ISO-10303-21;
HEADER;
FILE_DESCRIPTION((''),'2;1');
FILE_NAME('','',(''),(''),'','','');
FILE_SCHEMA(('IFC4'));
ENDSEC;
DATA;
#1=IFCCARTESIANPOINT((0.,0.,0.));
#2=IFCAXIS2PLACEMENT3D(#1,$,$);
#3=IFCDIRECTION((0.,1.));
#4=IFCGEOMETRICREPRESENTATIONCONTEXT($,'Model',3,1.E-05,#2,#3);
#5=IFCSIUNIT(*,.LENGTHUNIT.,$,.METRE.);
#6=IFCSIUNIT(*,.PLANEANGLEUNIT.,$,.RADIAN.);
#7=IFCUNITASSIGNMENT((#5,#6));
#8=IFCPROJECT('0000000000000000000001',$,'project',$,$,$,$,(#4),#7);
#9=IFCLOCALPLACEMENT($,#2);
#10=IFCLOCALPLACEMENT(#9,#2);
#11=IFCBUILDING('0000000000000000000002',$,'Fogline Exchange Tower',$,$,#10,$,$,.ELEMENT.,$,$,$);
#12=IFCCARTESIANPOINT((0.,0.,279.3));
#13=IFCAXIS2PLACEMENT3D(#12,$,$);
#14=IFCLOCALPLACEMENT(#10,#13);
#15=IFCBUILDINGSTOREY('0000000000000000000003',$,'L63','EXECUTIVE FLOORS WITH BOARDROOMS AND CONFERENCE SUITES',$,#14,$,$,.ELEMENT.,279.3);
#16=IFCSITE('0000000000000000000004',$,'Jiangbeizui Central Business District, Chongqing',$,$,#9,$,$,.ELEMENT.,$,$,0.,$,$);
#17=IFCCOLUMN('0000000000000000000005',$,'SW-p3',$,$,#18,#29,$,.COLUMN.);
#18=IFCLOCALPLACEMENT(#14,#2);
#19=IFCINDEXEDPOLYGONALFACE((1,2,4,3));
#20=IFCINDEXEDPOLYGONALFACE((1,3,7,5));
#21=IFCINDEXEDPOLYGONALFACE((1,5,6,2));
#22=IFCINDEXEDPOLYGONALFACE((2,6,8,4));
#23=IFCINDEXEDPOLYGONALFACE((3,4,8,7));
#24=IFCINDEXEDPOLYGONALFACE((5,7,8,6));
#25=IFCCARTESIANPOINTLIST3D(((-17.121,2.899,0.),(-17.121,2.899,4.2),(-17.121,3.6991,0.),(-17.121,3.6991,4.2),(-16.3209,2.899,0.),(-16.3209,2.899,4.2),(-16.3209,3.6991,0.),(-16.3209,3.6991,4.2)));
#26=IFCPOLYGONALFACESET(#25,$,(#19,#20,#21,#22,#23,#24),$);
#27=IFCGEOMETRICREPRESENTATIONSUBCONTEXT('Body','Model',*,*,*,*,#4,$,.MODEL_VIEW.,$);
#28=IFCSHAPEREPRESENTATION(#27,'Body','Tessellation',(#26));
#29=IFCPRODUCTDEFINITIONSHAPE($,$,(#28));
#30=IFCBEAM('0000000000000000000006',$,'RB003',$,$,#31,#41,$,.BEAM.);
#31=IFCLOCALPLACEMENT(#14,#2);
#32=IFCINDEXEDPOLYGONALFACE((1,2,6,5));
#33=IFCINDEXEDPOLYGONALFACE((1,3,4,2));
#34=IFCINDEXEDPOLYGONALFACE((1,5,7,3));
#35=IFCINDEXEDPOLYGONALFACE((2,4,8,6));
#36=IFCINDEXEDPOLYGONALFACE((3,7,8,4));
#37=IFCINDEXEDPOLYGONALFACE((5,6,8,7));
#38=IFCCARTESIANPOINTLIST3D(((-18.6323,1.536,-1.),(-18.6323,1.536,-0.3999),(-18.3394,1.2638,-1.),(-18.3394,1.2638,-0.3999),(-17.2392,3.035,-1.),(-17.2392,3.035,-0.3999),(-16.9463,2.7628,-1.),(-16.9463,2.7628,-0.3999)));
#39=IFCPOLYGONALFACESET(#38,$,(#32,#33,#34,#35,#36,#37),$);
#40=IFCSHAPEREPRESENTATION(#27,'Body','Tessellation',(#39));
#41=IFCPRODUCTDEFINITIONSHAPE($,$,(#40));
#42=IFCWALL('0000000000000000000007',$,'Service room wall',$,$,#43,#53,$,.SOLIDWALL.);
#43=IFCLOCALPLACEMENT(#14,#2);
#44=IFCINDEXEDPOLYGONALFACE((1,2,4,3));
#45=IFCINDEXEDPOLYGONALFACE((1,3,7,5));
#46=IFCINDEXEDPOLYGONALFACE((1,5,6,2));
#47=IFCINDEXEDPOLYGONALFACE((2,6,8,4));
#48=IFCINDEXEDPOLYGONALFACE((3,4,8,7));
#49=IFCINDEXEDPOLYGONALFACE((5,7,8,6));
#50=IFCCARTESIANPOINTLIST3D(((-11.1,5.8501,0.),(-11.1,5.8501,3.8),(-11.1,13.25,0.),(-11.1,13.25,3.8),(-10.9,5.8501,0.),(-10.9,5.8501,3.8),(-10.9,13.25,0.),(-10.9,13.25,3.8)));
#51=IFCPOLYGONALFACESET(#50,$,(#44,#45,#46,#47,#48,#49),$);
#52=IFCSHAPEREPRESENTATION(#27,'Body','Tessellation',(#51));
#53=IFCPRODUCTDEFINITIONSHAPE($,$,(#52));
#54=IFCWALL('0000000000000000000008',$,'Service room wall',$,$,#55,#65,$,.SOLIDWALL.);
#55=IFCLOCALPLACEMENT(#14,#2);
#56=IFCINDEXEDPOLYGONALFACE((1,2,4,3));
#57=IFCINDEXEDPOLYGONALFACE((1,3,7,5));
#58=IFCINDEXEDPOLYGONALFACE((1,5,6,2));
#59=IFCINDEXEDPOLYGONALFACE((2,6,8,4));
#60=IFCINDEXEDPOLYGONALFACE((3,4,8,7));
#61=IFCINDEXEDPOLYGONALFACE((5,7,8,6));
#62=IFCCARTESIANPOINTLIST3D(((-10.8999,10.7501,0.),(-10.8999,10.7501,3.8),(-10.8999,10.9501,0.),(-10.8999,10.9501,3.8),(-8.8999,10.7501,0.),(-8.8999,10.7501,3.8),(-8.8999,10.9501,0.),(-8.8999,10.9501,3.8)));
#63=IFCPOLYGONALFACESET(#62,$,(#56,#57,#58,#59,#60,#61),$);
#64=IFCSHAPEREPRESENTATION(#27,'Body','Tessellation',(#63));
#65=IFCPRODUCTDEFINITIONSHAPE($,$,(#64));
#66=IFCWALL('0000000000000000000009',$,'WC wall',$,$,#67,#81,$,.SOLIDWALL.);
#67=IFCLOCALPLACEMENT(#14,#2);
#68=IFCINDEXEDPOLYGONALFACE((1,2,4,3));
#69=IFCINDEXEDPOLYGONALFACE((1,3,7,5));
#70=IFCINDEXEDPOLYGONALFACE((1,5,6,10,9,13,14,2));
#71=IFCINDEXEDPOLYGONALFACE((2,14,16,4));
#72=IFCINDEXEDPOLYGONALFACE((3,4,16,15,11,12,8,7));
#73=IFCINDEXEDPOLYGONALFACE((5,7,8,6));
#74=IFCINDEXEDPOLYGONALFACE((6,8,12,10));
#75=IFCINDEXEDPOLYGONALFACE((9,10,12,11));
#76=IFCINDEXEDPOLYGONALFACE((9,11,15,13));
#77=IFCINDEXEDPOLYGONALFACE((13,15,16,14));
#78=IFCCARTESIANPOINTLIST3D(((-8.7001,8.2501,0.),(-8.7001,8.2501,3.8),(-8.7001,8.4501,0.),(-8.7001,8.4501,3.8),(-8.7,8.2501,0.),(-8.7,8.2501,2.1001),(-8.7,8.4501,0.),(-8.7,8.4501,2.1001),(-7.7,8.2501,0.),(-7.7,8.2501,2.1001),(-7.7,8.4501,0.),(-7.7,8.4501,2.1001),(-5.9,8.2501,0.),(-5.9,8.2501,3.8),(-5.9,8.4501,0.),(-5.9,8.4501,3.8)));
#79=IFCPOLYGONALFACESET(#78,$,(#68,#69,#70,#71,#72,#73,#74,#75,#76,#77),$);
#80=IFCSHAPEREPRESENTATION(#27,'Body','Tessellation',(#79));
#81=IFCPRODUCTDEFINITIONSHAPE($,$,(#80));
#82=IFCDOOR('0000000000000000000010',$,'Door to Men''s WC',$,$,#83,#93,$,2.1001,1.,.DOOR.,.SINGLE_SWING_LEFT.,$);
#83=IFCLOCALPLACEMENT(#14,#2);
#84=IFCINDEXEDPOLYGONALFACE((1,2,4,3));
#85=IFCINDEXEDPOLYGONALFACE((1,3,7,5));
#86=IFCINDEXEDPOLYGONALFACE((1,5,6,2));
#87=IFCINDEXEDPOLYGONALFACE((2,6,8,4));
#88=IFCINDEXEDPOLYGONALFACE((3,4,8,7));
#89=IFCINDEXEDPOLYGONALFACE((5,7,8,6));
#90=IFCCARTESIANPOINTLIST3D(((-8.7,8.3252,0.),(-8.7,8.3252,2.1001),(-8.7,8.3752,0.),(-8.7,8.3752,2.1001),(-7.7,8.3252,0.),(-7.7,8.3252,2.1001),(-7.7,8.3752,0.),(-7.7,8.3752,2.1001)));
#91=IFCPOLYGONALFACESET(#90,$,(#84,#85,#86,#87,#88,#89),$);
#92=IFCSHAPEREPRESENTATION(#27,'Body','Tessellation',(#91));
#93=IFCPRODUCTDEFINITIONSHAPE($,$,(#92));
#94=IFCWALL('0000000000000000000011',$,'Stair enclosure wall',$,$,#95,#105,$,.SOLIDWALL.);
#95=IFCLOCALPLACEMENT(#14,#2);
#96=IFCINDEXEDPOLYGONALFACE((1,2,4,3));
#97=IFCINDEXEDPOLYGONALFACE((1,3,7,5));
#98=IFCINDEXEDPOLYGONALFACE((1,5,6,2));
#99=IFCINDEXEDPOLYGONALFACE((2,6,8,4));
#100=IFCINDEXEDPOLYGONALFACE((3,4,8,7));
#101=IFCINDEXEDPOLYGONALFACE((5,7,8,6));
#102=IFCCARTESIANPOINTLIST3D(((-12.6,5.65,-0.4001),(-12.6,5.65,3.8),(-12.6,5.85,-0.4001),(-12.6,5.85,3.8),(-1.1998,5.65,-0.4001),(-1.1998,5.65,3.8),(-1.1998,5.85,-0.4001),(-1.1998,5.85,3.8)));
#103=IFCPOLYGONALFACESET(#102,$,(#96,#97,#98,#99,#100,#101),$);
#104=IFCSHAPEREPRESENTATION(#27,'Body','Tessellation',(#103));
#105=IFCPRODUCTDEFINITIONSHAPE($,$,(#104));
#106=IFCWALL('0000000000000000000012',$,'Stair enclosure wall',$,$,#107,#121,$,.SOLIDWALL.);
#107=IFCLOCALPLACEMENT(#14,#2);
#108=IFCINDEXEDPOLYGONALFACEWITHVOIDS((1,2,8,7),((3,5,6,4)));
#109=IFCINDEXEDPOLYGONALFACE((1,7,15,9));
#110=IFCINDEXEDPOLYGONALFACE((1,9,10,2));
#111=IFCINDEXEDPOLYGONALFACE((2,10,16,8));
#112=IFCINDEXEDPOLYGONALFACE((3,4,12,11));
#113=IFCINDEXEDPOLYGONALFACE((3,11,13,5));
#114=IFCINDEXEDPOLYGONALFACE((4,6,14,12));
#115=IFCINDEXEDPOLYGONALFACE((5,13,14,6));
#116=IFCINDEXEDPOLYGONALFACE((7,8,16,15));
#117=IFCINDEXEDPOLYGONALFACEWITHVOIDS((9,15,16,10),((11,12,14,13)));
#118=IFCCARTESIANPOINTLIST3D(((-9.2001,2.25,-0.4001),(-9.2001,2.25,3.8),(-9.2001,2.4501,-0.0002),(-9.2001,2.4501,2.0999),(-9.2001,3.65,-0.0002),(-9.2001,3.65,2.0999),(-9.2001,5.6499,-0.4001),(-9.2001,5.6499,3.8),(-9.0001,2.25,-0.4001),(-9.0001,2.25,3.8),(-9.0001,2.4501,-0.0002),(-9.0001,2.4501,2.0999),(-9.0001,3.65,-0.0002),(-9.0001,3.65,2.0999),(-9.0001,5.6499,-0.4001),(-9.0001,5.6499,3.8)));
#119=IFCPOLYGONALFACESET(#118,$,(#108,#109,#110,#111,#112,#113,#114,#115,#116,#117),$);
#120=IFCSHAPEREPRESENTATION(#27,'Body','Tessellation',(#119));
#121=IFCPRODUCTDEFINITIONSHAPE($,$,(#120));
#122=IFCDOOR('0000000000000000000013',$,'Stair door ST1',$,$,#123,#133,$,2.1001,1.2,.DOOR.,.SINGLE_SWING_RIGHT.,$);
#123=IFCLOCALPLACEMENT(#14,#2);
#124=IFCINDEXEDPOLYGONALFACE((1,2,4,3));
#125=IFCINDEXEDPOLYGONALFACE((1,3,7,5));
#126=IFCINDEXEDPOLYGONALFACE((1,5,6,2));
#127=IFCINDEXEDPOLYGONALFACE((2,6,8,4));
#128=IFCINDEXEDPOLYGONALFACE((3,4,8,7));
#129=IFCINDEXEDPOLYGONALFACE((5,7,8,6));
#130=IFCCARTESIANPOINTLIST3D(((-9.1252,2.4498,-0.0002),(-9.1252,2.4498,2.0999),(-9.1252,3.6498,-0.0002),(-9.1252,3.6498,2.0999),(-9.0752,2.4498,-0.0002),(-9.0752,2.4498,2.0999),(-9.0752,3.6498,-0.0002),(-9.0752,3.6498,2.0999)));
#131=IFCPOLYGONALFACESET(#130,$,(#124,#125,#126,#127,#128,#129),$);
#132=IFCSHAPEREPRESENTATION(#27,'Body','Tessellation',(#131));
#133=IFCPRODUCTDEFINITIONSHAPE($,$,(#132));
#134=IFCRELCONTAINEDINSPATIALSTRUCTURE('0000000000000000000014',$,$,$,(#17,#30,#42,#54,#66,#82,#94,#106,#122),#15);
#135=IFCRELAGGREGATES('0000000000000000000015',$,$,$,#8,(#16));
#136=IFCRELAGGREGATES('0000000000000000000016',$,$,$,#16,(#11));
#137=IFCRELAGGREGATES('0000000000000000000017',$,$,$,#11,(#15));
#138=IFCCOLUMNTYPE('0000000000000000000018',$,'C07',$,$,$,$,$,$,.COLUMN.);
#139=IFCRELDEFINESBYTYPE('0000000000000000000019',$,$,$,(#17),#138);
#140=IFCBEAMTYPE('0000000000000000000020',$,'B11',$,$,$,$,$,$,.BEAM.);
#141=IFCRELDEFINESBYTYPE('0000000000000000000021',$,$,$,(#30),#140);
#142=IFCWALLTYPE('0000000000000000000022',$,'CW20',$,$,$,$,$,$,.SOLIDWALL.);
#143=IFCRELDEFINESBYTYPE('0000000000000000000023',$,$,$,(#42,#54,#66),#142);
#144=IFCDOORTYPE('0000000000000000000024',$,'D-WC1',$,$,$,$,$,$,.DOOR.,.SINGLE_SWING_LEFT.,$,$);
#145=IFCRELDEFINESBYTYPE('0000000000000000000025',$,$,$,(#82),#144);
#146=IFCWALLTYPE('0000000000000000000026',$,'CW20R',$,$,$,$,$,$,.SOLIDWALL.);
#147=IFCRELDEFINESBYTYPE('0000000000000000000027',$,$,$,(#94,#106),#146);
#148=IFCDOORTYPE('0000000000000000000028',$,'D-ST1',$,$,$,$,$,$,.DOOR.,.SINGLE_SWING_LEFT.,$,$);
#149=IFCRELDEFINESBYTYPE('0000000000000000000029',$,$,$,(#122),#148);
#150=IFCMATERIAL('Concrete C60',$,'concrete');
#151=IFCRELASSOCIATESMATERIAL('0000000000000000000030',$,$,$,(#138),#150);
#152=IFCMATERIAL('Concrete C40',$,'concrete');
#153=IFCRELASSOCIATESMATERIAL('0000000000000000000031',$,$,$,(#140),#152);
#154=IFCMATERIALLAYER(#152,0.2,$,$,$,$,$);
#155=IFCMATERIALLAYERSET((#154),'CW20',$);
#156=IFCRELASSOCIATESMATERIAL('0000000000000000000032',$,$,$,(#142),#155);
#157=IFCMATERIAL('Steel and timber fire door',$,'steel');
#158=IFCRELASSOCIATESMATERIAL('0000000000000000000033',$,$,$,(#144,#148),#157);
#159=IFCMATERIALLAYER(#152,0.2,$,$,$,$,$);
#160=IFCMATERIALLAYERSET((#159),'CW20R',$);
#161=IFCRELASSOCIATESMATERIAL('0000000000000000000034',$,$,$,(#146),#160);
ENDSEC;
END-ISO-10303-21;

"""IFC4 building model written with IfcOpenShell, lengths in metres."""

from ifc_helpers import new_model, si_unit, direction, frame, frame_2d, origin, origin_2d, place, context, subcontext, project, spatial, rectangle, extrude, material, layer, layer_set, material_profile, profile_set, type_object, element, fill, save


model = new_model("IFC4")

# Units and contexts
model_context = context("Model", 3, precision=1e-05, world=origin(), true_north=direction((0.0, 1.0)))
body_context = subcontext(model_context, "Body", "Model", "MODEL_VIEW")
ifc_project = project(units=[si_unit("LENGTHUNIT", "METRE"), si_unit("PLANEANGLEUNIT", "RADIAN")], contexts=[model_context])

# Site, building, storey
site_placement = place(None, origin())
site = spatial("IfcSite", under=ifc_project, at=site_placement, Name="Jiangbeizui Central Business District, Chongqing", CompositionType="ELEMENT", RefElevation=0.0)
building_placement = place(site_placement, origin())
building = spatial("IfcBuilding", under=site, at=building_placement, Name="Fogline Exchange Tower", CompositionType="ELEMENT")
storey_placement = place(building_placement, frame((0.0, 0.0, 279.3)))
storey = spatial("IfcBuildingStorey", under=building, at=storey_placement, Name="L63", Description="EXECUTIVE FLOORS WITH BOARDROOMS AND CONFERENCE SUITES", CompositionType="ELEMENT", Elevation=279.3)

# Column
ifc_material_1 = material(Name="Concrete C60", Category="concrete")
ifc_material_profile_1 = material_profile(ifc_material_1, rectangle(XDim=0.8, YDim=0.8, at=origin_2d()), Name="RC 800x800")
ifc_profile_set_1 = profile_set([ifc_material_profile_1], Name="Concrete C60")
column_type = type_object("IfcColumnType", Name="C07", PredefinedType="COLUMN", material=ifc_profile_set_1)
column_placement = place(storey_placement, frame((-16.7209, 3.2991, 0.0), z_axis=(0.0, 0.0, 1.0), x_axis=(1.0, 0.0, 0.0)))
element("IfcColumn", 1, at=column_placement, inside=storey, type_object=column_type, Name="SW-p3", PredefinedType="COLUMN", context=body_context, shape_type="SweptSolid", body=[
    extrude(rectangle(XDim=0.8, YDim=0.8, at=origin_2d()), origin(), (0.0, 0.0, 1.0), 4.2),
])

# Beam
ifc_material_2 = material(Name="Concrete C40", Category="concrete")
ifc_material_profile_2 = material_profile(ifc_material_2, rectangle(XDim=0.3999, YDim=0.6001, at=origin_2d()), Name="RC 400x600")
ifc_profile_set_2 = profile_set([ifc_material_profile_2], Name="Concrete C40")
beam_type = type_object("IfcBeamType", Name="B11", PredefinedType="BEAM", material=ifc_profile_set_2)
beam_placement = place(storey_placement, frame((-17.0928, 2.8989, -0.7), z_axis=(-0.680744, -0.732521, 0.0), x_axis=(0.732521, -0.680744, 0.0)))
element("IfcBeam", 2, at=beam_placement, inside=storey, type_object=beam_type, Name="RB003", PredefinedType="BEAM", context=body_context, shape_type="SweptSolid", body=[
    extrude(rectangle(XDim=0.3999, YDim=0.6001, at=origin_2d()), origin(), (0.0, 0.0, 1.0), 2.0464),
])

# Walls
ifc_layer_1 = layer(ifc_material_2, 0.2)
ifc_layer_set_1 = layer_set([ifc_layer_1], Name="CW20")
wall_type_1 = type_object("IfcWallType", Name="CW20", PredefinedType="SOLIDWALL", material=ifc_layer_set_1)
wall_1_placement = place(storey_placement, frame((-11.0, 5.8501, 0.0), z_axis=(0.0, 0.0, 1.0), x_axis=(0.0, 1.0, 0.0)))
element("IfcWall", 3, at=wall_1_placement, inside=storey, type_object=wall_type_1, Name="Service room wall", PredefinedType="SOLIDWALL", context=body_context, shape_type="SweptSolid", body=[
    extrude(rectangle(XDim=7.3999, YDim=0.2, at=frame_2d((3.7, 0.0))), origin(), (0.0, 0.0, 1.0), 3.8),
])
wall_2_placement = place(storey_placement, frame((-10.8999, 10.8501, 0.0), z_axis=(0.0, 0.0, 1.0), x_axis=(1.0, 0.0, 0.0)))
element("IfcWall", 4, at=wall_2_placement, inside=storey, type_object=wall_type_1, Name="Service room wall", PredefinedType="SOLIDWALL", context=body_context, shape_type="SweptSolid", body=[
    extrude(rectangle(XDim=2.0, YDim=0.2, at=frame_2d((1.0, 0.0))), origin(), (0.0, 0.0, 1.0), 3.8),
])

# Wall, opening, door
wall_3_placement = place(storey_placement, frame((-8.7, 8.3501, 0.0), z_axis=(0.0, 0.0, 1.0), x_axis=(1.0, 0.0, 0.0)))
wall_3 = element("IfcWall", 5, at=wall_3_placement, inside=storey, type_object=wall_type_1, Name="WC wall", PredefinedType="SOLIDWALL", context=body_context, shape_type="SweptSolid", body=[
    extrude(rectangle(XDim=2.8, YDim=0.2, at=frame_2d((1.3999, 0.0))), origin(), (0.0, 0.0, 1.0), 3.8),
])
opening_1_placement = place(wall_3_placement, origin())
opening_1 = element("IfcOpeningElement", 6, at=opening_1_placement, cuts=wall_3, PredefinedType="OPENING", context=body_context, shape_type="SweptSolid", body=[
    extrude(rectangle(XDim=1.0, YDim=2.1001, at=frame_2d((0.5, 1.05))), frame((0.0, 0.1099, 0.0), z_axis=(0.0, -1.0, 0.0), x_axis=(1.0, 0.0, 0.0)), (0.0, 0.0, 1.0), 0.22),
])
ifc_material_3 = material(Name="Steel and timber fire door", Category="steel")
door_type_1 = type_object("IfcDoorType", Name="D-WC1", OperationType="SINGLE_SWING_LEFT", PredefinedType="DOOR", material=ifc_material_3)
door_1_placement = place(opening_1_placement, frame((1.0, 0.0, 0.0), z_axis=(0.0, 0.0, 1.0), x_axis=(-1.0, 0.0, 0.0)))
door_1 = element("IfcDoor", 7, at=door_1_placement, inside=storey, type_object=door_type_1, Name="Door to Men's WC", OperationType="SINGLE_SWING_LEFT", OverallHeight=2.1001, OverallWidth=1.0, PredefinedType="DOOR", context=body_context, shape_type="SweptSolid", body=[
    extrude(rectangle(XDim=1.0, YDim=2.1001, at=frame_2d((0.5, 1.05))), frame((0.0, 0.0249, 0.0), z_axis=(0.0, -1.0, 0.0), x_axis=(1.0, 0.0, 0.0)), (0.0, 0.0, 1.0), 0.05),
])
fill(opening_1, door_1)

# Wall
ifc_layer_2 = layer(ifc_material_2, 0.2)
ifc_layer_set_2 = layer_set([ifc_layer_2], Name="CW20R")
wall_type_2 = type_object("IfcWallType", Name="CW20R", PredefinedType="SOLIDWALL", material=ifc_layer_set_2)
wall_4_placement = place(storey_placement, frame((-12.6001, 5.75, -0.4001), z_axis=(0.0, 0.0, 1.0), x_axis=(1.0, 0.0, 0.0)))
element("IfcWall", 8, at=wall_4_placement, inside=storey, type_object=wall_type_2, Name="Stair enclosure wall", PredefinedType="SOLIDWALL", context=body_context, shape_type="SweptSolid", body=[
    extrude(rectangle(XDim=11.4001, YDim=0.2, at=frame_2d((5.7002, 0.0))), origin(), (0.0, 0.0, 1.0), 4.2002),
])

# Wall, opening, door
wall_5_placement = place(storey_placement, frame((-9.1001, 2.25, -0.4001), z_axis=(0.0, 0.0, 1.0), x_axis=(0.0, 1.0, 0.0)))
wall_5 = element("IfcWall", 9, at=wall_5_placement, inside=storey, type_object=wall_type_2, Name="Stair enclosure wall", PredefinedType="SOLIDWALL", context=body_context, shape_type="SweptSolid", body=[
    extrude(rectangle(XDim=3.3999, YDim=0.2, at=frame_2d((1.7, 0.0))), origin(), (0.0, 0.0, 1.0), 4.2002),
])
opening_2_placement = place(wall_5_placement, frame((0.2, 0.0, 0.3999)))
opening_2 = element("IfcOpeningElement", 10, at=opening_2_placement, cuts=wall_5, PredefinedType="OPENING", context=body_context, shape_type="SweptSolid", body=[
    extrude(rectangle(XDim=1.2, YDim=2.1001, at=frame_2d((0.6001, 1.05))), frame((0.0, 0.1099, 0.0), z_axis=(0.0, -1.0, 0.0), x_axis=(1.0, 0.0, 0.0)), (0.0, 0.0, 1.0), 0.22),
])
door_type_2 = type_object("IfcDoorType", Name="D-ST1", OperationType="SINGLE_SWING_LEFT", PredefinedType="DOOR", material=ifc_material_3)
door_2_placement = place(opening_2_placement, frame((1.2, 0.0, 0.0), z_axis=(0.0, 0.0, 1.0), x_axis=(-1.0, 0.0, 0.0)))
door_2 = element("IfcDoor", 11, at=door_2_placement, inside=storey, type_object=door_type_2, Name="Stair door ST1", OperationType="SINGLE_SWING_RIGHT", OverallHeight=2.1001, OverallWidth=1.2, PredefinedType="DOOR", context=body_context, shape_type="SweptSolid", body=[
    extrude(rectangle(XDim=1.2, YDim=2.1001, at=frame_2d((0.6001, 1.05))), frame((0.0, 0.0249, 0.0), z_axis=(0.0, -1.0, 0.0), x_axis=(1.0, 0.0, 0.0)), (0.0, 0.0, 1.0), 0.05),
])
fill(opening_2, door_2)

save(model, "model.ifc")
